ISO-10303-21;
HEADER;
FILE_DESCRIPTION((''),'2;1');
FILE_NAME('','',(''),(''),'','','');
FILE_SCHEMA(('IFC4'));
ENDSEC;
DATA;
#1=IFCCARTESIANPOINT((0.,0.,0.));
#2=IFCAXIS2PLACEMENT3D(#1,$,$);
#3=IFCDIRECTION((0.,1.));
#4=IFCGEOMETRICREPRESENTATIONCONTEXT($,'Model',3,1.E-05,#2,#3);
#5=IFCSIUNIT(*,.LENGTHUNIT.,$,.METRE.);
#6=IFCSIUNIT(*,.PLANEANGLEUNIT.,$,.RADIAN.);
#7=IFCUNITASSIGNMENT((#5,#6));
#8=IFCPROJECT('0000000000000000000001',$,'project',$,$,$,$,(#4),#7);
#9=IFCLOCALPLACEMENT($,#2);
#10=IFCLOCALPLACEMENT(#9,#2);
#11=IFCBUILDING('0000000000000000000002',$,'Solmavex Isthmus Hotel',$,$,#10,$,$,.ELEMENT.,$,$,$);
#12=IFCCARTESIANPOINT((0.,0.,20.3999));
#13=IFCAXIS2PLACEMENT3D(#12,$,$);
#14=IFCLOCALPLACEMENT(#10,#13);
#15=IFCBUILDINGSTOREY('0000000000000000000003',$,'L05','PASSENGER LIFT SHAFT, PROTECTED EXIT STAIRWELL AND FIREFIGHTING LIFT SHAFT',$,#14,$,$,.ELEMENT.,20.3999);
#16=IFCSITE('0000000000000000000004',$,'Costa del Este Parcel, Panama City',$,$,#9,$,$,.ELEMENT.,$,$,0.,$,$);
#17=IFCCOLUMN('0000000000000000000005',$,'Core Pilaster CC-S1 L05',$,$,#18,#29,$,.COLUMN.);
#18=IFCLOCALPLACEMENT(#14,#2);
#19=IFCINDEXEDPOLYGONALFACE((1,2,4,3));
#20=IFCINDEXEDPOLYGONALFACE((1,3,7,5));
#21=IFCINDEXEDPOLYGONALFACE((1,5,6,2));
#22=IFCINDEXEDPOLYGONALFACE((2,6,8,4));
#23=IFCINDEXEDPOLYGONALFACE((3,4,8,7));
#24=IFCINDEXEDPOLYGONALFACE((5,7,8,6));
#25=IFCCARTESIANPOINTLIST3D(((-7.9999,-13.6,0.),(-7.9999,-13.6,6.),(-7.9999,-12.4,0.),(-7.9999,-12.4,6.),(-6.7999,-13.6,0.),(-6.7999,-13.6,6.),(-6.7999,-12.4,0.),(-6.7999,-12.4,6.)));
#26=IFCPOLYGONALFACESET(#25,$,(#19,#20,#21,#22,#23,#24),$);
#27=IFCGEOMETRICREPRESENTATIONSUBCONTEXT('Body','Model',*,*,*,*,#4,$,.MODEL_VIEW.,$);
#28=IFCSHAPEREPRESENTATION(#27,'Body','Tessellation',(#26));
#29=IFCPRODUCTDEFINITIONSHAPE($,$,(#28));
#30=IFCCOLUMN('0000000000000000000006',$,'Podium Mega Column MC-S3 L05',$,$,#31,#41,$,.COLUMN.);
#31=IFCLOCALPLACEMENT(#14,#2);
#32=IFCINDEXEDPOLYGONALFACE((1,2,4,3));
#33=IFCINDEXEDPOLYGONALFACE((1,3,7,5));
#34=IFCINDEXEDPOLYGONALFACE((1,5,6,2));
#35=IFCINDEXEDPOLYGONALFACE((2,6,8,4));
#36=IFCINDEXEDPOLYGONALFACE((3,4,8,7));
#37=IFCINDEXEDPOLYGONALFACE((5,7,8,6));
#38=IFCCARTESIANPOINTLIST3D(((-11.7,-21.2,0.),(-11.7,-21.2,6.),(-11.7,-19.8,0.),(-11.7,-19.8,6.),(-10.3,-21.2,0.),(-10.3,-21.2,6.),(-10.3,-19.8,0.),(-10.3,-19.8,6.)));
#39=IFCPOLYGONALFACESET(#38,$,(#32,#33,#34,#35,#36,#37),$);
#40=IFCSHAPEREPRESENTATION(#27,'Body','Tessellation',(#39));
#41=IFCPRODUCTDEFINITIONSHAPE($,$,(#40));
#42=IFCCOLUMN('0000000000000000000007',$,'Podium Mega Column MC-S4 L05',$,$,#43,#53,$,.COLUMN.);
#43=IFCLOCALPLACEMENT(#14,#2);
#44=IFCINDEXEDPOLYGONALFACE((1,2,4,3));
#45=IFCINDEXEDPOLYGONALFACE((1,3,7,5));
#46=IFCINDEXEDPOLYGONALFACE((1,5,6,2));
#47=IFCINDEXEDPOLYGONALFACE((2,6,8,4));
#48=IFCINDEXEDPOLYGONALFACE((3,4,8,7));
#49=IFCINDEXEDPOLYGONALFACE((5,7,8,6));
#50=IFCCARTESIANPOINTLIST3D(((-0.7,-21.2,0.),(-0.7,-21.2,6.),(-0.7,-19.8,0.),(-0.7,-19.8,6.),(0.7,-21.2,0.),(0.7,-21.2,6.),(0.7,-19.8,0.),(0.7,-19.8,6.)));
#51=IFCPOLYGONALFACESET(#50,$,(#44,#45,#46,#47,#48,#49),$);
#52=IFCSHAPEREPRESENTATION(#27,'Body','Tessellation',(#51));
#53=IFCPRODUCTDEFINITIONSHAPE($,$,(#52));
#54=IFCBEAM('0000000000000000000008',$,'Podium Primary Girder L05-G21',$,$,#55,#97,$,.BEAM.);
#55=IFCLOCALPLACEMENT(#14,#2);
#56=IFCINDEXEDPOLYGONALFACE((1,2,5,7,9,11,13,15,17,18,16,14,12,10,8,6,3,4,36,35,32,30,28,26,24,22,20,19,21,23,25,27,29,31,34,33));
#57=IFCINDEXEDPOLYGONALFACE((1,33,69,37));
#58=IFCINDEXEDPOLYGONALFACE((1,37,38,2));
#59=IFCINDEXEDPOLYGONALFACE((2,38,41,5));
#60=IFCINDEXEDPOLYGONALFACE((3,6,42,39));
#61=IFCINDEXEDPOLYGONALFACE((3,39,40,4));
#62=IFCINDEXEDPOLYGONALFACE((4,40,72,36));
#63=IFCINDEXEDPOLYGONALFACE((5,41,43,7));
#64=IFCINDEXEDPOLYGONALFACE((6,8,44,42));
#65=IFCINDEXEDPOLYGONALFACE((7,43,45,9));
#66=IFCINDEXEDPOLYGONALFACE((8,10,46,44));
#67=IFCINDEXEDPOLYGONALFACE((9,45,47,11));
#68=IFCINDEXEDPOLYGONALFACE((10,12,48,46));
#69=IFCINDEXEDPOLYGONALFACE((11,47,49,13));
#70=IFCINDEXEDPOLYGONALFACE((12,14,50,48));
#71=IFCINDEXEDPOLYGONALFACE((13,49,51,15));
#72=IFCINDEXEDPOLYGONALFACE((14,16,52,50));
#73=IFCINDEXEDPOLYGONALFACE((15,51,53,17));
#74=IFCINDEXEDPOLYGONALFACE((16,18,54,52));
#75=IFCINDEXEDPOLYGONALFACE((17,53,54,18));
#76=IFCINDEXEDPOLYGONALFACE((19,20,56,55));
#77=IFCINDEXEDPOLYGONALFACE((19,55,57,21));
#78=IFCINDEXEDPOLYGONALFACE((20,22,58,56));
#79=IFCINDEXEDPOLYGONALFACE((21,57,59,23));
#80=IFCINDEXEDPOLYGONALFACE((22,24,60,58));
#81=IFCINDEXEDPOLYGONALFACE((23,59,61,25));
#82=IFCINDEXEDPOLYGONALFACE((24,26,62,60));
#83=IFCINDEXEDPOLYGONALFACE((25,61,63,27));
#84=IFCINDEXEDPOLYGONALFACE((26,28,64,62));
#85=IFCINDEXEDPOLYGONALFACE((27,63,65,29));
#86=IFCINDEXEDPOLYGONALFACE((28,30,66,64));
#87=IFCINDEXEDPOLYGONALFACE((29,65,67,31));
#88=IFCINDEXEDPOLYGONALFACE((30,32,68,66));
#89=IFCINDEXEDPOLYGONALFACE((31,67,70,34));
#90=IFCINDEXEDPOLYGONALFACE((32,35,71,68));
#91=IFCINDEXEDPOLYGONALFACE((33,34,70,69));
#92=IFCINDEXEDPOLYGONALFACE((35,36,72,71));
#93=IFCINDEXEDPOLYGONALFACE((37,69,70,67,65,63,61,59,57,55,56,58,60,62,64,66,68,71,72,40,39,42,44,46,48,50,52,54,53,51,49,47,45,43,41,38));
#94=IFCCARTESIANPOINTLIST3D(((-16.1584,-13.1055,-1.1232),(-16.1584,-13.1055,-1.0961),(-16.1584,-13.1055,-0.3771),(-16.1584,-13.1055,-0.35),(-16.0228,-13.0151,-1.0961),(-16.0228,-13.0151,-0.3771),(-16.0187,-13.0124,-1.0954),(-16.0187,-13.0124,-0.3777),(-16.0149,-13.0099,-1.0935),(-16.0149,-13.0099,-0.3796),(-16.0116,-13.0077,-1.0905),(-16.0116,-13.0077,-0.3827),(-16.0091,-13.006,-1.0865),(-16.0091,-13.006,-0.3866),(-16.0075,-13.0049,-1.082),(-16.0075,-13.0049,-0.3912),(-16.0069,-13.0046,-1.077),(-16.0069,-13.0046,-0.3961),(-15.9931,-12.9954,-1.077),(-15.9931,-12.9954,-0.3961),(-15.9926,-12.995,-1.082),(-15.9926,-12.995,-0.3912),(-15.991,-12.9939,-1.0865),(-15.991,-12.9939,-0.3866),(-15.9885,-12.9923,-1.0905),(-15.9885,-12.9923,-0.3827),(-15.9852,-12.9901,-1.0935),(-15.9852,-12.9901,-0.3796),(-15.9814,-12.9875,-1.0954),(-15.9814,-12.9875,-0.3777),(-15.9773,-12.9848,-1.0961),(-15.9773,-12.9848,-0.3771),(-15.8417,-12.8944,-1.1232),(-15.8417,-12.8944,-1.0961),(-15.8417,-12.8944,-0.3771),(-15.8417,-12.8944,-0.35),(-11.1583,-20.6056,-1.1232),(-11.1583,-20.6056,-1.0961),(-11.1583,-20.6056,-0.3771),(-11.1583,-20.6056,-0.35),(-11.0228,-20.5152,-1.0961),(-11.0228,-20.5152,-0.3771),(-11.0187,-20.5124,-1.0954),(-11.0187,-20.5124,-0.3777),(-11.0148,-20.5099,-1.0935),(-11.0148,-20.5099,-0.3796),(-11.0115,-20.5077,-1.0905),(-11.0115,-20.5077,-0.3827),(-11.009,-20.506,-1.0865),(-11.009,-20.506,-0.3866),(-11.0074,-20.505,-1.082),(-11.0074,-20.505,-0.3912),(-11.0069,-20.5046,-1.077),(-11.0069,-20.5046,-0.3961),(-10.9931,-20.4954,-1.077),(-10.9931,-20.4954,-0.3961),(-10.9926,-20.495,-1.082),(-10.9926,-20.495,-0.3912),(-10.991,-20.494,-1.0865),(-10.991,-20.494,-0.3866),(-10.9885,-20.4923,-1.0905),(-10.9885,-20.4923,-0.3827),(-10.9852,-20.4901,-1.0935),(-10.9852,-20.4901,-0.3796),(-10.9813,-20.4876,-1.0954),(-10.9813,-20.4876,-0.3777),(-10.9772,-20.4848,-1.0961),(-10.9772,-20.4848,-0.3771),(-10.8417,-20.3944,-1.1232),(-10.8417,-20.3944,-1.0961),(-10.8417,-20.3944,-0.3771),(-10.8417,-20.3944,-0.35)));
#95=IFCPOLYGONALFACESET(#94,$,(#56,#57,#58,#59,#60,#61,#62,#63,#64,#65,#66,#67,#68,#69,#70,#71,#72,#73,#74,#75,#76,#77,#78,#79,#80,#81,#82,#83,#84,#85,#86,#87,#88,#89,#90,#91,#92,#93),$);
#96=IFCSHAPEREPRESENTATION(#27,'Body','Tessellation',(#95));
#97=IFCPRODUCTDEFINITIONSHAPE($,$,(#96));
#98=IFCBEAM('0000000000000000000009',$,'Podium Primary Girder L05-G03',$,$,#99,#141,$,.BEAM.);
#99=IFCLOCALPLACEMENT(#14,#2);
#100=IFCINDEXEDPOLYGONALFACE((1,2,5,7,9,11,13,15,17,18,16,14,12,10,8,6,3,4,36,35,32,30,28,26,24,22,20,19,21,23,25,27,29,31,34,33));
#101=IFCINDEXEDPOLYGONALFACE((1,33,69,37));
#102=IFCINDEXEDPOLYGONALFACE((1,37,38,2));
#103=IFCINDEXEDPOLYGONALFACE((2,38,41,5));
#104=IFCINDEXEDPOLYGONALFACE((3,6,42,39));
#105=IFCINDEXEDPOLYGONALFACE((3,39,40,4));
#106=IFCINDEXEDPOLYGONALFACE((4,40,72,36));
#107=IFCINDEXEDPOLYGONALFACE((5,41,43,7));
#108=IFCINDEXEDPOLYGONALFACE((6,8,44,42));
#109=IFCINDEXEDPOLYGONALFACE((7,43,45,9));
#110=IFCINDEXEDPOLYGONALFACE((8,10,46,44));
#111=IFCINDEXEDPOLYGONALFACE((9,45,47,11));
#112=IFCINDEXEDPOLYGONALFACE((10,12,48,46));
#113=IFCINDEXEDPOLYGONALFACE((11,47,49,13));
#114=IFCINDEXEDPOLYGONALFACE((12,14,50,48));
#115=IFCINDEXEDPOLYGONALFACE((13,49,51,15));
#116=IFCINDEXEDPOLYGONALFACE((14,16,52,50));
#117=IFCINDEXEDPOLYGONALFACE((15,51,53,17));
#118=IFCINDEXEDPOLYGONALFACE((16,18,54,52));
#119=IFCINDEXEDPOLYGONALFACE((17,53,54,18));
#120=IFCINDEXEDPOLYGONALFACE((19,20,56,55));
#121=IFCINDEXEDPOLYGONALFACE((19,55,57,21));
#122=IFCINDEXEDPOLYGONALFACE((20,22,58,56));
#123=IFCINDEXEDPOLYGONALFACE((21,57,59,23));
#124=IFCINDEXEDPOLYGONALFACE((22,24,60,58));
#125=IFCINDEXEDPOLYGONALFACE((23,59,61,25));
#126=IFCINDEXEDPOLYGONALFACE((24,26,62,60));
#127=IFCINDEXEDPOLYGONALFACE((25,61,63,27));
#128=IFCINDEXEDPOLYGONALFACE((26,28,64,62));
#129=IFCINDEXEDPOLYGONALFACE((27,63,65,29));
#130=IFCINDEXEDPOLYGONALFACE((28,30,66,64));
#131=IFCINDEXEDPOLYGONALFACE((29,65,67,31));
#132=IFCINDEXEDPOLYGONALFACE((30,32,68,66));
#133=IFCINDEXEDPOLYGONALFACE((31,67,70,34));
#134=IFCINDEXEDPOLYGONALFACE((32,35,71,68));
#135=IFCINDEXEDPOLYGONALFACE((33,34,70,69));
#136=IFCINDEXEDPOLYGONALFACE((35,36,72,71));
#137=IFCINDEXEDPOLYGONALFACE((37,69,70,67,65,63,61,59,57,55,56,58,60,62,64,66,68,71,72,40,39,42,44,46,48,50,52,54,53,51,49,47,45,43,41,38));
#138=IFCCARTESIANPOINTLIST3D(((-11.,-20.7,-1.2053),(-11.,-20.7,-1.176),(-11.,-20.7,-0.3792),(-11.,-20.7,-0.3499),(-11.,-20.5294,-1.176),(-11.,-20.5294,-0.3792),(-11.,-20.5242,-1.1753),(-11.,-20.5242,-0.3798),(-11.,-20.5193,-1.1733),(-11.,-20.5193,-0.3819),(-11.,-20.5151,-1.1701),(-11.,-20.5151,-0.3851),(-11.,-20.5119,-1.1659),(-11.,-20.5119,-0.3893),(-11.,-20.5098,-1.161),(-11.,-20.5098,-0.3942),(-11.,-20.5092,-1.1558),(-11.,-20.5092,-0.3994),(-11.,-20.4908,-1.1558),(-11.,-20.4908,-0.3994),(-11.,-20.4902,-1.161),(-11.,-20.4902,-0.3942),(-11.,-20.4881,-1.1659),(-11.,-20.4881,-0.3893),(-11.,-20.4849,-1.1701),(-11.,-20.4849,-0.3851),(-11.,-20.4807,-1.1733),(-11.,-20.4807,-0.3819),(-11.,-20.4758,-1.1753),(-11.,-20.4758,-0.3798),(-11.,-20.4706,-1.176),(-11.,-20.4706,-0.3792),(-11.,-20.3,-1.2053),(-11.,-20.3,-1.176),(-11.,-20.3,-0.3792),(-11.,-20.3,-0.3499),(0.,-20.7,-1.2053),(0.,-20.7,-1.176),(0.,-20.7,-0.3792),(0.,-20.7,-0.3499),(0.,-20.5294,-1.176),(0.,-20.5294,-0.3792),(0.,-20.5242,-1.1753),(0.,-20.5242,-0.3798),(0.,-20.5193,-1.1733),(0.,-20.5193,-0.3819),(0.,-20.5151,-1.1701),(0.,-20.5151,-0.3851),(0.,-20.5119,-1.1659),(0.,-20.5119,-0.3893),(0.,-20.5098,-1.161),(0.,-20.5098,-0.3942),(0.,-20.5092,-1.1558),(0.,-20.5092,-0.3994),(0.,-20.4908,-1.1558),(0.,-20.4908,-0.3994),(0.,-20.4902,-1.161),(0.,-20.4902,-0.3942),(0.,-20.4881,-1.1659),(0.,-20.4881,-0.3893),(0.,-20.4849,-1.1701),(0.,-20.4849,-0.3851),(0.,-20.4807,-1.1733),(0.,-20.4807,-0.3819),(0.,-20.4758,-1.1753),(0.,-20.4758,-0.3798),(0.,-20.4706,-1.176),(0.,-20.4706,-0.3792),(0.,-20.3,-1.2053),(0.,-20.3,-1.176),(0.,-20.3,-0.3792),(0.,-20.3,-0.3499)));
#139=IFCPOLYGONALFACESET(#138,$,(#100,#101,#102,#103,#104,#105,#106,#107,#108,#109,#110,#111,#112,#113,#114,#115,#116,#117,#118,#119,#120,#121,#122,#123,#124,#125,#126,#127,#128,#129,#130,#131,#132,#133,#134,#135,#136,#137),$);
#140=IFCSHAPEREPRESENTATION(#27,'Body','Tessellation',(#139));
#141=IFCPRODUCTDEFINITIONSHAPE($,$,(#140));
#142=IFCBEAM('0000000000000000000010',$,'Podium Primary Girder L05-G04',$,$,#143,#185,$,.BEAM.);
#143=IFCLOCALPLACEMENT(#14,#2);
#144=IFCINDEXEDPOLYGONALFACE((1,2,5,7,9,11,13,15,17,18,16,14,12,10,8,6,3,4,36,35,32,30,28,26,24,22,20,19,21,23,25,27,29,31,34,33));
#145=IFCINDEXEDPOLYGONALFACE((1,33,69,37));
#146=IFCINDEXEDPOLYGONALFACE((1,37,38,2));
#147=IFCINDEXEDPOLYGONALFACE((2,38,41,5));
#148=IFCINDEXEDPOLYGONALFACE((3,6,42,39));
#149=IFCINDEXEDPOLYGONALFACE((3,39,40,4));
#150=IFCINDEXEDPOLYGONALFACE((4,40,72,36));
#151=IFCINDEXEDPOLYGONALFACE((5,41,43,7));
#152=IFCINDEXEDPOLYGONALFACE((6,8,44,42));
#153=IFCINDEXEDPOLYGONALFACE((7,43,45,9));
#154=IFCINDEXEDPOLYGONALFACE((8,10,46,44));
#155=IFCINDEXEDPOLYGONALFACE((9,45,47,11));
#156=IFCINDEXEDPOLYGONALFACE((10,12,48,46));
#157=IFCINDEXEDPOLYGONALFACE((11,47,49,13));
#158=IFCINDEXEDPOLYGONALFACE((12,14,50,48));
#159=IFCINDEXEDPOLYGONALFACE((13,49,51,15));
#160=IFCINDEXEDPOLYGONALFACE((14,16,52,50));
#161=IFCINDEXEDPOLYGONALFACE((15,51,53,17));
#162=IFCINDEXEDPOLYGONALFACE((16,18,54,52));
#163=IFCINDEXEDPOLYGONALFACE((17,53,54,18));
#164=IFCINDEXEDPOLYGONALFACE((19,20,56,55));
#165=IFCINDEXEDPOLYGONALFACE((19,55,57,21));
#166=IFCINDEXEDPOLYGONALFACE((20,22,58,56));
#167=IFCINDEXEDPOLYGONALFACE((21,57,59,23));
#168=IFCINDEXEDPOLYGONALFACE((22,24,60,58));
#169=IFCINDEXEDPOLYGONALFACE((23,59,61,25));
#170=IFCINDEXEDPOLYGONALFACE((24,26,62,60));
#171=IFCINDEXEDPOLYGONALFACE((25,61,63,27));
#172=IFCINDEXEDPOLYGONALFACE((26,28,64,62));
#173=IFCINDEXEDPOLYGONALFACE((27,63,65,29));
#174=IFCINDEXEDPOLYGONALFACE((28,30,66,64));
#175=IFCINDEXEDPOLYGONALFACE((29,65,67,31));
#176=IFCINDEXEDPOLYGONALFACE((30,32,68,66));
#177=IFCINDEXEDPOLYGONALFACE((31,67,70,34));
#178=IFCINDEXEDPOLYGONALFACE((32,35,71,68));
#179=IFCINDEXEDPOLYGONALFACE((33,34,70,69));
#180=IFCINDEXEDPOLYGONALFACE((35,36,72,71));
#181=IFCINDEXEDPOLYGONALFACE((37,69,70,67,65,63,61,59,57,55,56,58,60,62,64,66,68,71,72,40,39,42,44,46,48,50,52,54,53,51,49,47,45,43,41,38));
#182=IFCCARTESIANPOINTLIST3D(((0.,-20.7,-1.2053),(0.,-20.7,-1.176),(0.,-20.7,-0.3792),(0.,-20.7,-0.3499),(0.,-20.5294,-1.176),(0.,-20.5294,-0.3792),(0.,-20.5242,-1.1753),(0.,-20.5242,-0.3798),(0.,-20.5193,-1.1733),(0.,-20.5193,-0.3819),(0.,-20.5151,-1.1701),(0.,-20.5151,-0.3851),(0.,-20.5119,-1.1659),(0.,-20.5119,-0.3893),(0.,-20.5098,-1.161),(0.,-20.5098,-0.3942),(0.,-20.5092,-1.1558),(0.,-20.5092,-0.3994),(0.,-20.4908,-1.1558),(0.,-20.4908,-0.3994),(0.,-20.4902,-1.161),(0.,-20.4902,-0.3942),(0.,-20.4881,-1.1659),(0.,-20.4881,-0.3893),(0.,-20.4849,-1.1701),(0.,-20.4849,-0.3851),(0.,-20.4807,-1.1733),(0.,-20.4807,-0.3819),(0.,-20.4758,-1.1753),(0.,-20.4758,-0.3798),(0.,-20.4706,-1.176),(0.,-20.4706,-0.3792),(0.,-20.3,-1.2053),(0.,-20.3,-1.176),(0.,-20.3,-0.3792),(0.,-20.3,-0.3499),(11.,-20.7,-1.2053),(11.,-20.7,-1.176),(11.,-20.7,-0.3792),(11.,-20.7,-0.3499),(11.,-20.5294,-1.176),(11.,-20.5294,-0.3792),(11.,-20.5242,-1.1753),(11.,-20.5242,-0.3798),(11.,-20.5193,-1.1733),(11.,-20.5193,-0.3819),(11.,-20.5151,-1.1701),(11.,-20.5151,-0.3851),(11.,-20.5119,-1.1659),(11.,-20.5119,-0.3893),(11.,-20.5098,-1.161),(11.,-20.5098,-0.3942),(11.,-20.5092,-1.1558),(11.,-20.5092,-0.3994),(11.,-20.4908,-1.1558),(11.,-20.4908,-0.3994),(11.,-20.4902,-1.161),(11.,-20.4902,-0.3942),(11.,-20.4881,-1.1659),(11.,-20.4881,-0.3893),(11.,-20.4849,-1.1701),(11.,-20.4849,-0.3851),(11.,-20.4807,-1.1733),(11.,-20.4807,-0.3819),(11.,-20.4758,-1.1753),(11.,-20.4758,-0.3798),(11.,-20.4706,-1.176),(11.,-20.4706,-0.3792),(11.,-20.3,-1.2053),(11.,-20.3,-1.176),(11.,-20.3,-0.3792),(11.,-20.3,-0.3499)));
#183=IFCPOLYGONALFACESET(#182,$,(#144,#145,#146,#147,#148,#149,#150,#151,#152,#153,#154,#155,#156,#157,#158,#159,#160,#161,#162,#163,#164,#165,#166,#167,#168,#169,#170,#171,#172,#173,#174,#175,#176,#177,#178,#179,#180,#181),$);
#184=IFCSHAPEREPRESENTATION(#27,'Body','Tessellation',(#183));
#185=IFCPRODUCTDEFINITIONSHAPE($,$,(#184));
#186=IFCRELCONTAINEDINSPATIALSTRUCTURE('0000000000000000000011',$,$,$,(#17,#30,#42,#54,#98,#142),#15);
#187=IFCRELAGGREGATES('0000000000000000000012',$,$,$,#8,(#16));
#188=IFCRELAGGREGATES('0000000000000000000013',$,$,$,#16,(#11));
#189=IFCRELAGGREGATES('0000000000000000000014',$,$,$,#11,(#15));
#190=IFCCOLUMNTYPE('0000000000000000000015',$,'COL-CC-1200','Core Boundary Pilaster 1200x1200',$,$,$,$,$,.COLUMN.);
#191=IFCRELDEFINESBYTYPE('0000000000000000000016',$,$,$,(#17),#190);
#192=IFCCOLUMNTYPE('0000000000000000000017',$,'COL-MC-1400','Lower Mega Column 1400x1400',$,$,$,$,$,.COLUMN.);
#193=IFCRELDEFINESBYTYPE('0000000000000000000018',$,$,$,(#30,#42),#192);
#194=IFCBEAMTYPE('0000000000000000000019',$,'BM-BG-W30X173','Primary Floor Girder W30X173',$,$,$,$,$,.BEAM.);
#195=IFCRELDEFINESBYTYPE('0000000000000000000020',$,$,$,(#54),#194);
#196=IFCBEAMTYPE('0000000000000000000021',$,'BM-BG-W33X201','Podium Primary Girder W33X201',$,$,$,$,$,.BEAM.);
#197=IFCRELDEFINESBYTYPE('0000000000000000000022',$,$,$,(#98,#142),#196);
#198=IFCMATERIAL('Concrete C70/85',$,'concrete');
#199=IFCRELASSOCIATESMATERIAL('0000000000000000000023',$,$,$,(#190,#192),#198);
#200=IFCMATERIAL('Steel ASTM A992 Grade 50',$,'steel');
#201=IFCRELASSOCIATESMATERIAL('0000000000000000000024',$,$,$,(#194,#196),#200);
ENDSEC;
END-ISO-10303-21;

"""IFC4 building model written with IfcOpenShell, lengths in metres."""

from ifc_helpers import new_model, si_unit, direction, frame, origin, origin_2d, place, context, subcontext, project, spatial, rectangle, i_section, extrude, material, material_profile, profile_set, type_object, element, save


model = new_model("IFC4")

# Units and contexts
model_context = context("Model", 3, precision=1e-05, world=origin(), true_north=direction((0.0, 1.0)))
body_context = subcontext(model_context, "Body", "Model", "MODEL_VIEW")
ifc_project = project(units=[si_unit("LENGTHUNIT", "METRE"), si_unit("PLANEANGLEUNIT", "RADIAN")], contexts=[model_context])

# Site, building, storey
site_placement = place(None, origin())
site = spatial("IfcSite", under=ifc_project, at=site_placement, Name="Costa del Este Parcel, Panama City", CompositionType="ELEMENT", RefElevation=0.0)
building_placement = place(site_placement, origin())
building = spatial("IfcBuilding", under=site, at=building_placement, Name="Solmavex Isthmus Hotel", CompositionType="ELEMENT")
storey_placement = place(building_placement, frame((0.0, 0.0, 20.3999)))
storey = spatial("IfcBuildingStorey", under=building, at=storey_placement, Name="L05", Description="PASSENGER LIFT SHAFT, PROTECTED EXIT STAIRWELL AND FIREFIGHTING LIFT SHAFT", CompositionType="ELEMENT", Elevation=20.3999)

# Columns
ifc_material_1 = material(Name="Concrete C70/85", Category="concrete")
ifc_material_profile_1 = material_profile(ifc_material_1, rectangle(XDim=1.2, YDim=1.2, at=origin_2d()), Name="RC1200X1200")
ifc_profile_set_1 = profile_set([ifc_material_profile_1], Name="Concrete C70/85")
column_type_1 = type_object("IfcColumnType", Name="COL-CC-1200", Description="Core Boundary Pilaster 1200x1200", PredefinedType="COLUMN", material=ifc_profile_set_1)
column_placement = place(storey_placement, frame((-7.3999, -13.0, 0.0), z_axis=(0.0, 0.0, 1.0), x_axis=(1.0, 0.0, 0.0)))
element("IfcColumn", 1, at=column_placement, inside=storey, type_object=column_type_1, Name="Core Pilaster CC-S1 L05", PredefinedType="COLUMN", context=body_context, shape_type="SweptSolid", body=[
    extrude(rectangle(XDim=1.2, YDim=1.2, at=origin_2d()), origin(), (0.0, 0.0, 1.0), 6.0),
])
ifc_material_profile_2 = material_profile(ifc_material_1, rectangle(XDim=1.3999, YDim=1.3999, at=origin_2d()), Name="RC1400X1400")
ifc_profile_set_2 = profile_set([ifc_material_profile_2], Name="Concrete C70/85")
column_type_2 = type_object("IfcColumnType", Name="COL-MC-1400", Description="Lower Mega Column 1400x1400", PredefinedType="COLUMN", material=ifc_profile_set_2)
for number, where, z_axis, x_axis, name in (
    (2, (-11.0, -20.5, 0.0), (0.0, 0.0, 1.0), (1.0, 0.0, 0.0), "Podium Mega Column MC-S3 L05"),
    (3, (0.0, -20.5, 0.0), (0.0, 0.0, 1.0), (1.0, 0.0, 0.0), "Podium Mega Column MC-S4 L05"),
):
    element("IfcColumn", number, at=place(storey_placement, frame(where, z_axis=z_axis, x_axis=x_axis)), inside=storey, type_object=column_type_2, Name=name, PredefinedType="COLUMN", context=body_context, shape_type="SweptSolid", body=[
        extrude(rectangle(XDim=1.3999, YDim=1.3999, at=origin_2d()), origin(), (0.0, 0.0, 1.0), 6.0),
    ])

# Beams
ifc_material_2 = material(Name="Steel ASTM A992 Grade 50", Category="steel")
ifc_material_profile_3 = material_profile(ifc_material_2, i_section(OverallWidth=0.3806, OverallDepth=0.7732, WebThickness=0.0166, FlangeThickness=0.0271, FilletRadius=0.019, at=origin_2d()), Name="W30X173")
ifc_profile_set_3 = profile_set([ifc_material_profile_3], Name="Steel ASTM A992 Grade 50")
beam_type_1 = type_object("IfcBeamType", Name="BM-BG-W30X173", Description="Primary Floor Girder W30X173", PredefinedType="BEAM", material=ifc_profile_set_3)
beam_1_placement = place(storey_placement, frame((-11.0, -20.5, -0.7366), z_axis=(-0.5547, 0.83205, 0.0), x_axis=(-0.83205, -0.5547, 0.0)))
element("IfcBeam", 4, at=beam_1_placement, inside=storey, type_object=beam_type_1, Name="Podium Primary Girder L05-G21", PredefinedType="BEAM", context=body_context, shape_type="SweptSolid", body=[
    extrude(i_section(OverallWidth=0.3806, OverallDepth=0.7732, WebThickness=0.0166, FlangeThickness=0.0271, FilletRadius=0.019, at=origin_2d()), origin(), (0.0, 0.0, 1.0), 9.0139),
])
ifc_material_profile_4 = material_profile(ifc_material_2, i_section(OverallWidth=0.3999, OverallDepth=0.8555, WebThickness=0.0183, FlangeThickness=0.0293, FilletRadius=0.0203, at=origin_2d()), Name="W33X201")
ifc_profile_set_4 = profile_set([ifc_material_profile_4], Name="Steel ASTM A992 Grade 50")
beam_type_2 = type_object("IfcBeamType", Name="BM-BG-W33X201", Description="Podium Primary Girder W33X201", PredefinedType="BEAM", material=ifc_profile_set_4)
for number, where, z_axis, x_axis, name in (
    (5, (-11.0, -20.5, -0.7776), (1.0, 0.0, 0.0), (0.0, 1.0, 0.0), "Podium Primary Girder L05-G03"),
    (6, (0.0, -20.5, -0.7776), (1.0, 0.0, 0.0), (0.0, 1.0, 0.0), "Podium Primary Girder L05-G04"),
):
    element("IfcBeam", number, at=place(storey_placement, frame(where, z_axis=z_axis, x_axis=x_axis)), inside=storey, type_object=beam_type_2, Name=name, PredefinedType="BEAM", context=body_context, shape_type="SweptSolid", body=[
        extrude(i_section(OverallWidth=0.3999, OverallDepth=0.8555, WebThickness=0.0183, FlangeThickness=0.0293, FilletRadius=0.0203, at=origin_2d()), origin(), (0.0, 0.0, 1.0), 11.0),
    ])

save(model, "model.ifc")
